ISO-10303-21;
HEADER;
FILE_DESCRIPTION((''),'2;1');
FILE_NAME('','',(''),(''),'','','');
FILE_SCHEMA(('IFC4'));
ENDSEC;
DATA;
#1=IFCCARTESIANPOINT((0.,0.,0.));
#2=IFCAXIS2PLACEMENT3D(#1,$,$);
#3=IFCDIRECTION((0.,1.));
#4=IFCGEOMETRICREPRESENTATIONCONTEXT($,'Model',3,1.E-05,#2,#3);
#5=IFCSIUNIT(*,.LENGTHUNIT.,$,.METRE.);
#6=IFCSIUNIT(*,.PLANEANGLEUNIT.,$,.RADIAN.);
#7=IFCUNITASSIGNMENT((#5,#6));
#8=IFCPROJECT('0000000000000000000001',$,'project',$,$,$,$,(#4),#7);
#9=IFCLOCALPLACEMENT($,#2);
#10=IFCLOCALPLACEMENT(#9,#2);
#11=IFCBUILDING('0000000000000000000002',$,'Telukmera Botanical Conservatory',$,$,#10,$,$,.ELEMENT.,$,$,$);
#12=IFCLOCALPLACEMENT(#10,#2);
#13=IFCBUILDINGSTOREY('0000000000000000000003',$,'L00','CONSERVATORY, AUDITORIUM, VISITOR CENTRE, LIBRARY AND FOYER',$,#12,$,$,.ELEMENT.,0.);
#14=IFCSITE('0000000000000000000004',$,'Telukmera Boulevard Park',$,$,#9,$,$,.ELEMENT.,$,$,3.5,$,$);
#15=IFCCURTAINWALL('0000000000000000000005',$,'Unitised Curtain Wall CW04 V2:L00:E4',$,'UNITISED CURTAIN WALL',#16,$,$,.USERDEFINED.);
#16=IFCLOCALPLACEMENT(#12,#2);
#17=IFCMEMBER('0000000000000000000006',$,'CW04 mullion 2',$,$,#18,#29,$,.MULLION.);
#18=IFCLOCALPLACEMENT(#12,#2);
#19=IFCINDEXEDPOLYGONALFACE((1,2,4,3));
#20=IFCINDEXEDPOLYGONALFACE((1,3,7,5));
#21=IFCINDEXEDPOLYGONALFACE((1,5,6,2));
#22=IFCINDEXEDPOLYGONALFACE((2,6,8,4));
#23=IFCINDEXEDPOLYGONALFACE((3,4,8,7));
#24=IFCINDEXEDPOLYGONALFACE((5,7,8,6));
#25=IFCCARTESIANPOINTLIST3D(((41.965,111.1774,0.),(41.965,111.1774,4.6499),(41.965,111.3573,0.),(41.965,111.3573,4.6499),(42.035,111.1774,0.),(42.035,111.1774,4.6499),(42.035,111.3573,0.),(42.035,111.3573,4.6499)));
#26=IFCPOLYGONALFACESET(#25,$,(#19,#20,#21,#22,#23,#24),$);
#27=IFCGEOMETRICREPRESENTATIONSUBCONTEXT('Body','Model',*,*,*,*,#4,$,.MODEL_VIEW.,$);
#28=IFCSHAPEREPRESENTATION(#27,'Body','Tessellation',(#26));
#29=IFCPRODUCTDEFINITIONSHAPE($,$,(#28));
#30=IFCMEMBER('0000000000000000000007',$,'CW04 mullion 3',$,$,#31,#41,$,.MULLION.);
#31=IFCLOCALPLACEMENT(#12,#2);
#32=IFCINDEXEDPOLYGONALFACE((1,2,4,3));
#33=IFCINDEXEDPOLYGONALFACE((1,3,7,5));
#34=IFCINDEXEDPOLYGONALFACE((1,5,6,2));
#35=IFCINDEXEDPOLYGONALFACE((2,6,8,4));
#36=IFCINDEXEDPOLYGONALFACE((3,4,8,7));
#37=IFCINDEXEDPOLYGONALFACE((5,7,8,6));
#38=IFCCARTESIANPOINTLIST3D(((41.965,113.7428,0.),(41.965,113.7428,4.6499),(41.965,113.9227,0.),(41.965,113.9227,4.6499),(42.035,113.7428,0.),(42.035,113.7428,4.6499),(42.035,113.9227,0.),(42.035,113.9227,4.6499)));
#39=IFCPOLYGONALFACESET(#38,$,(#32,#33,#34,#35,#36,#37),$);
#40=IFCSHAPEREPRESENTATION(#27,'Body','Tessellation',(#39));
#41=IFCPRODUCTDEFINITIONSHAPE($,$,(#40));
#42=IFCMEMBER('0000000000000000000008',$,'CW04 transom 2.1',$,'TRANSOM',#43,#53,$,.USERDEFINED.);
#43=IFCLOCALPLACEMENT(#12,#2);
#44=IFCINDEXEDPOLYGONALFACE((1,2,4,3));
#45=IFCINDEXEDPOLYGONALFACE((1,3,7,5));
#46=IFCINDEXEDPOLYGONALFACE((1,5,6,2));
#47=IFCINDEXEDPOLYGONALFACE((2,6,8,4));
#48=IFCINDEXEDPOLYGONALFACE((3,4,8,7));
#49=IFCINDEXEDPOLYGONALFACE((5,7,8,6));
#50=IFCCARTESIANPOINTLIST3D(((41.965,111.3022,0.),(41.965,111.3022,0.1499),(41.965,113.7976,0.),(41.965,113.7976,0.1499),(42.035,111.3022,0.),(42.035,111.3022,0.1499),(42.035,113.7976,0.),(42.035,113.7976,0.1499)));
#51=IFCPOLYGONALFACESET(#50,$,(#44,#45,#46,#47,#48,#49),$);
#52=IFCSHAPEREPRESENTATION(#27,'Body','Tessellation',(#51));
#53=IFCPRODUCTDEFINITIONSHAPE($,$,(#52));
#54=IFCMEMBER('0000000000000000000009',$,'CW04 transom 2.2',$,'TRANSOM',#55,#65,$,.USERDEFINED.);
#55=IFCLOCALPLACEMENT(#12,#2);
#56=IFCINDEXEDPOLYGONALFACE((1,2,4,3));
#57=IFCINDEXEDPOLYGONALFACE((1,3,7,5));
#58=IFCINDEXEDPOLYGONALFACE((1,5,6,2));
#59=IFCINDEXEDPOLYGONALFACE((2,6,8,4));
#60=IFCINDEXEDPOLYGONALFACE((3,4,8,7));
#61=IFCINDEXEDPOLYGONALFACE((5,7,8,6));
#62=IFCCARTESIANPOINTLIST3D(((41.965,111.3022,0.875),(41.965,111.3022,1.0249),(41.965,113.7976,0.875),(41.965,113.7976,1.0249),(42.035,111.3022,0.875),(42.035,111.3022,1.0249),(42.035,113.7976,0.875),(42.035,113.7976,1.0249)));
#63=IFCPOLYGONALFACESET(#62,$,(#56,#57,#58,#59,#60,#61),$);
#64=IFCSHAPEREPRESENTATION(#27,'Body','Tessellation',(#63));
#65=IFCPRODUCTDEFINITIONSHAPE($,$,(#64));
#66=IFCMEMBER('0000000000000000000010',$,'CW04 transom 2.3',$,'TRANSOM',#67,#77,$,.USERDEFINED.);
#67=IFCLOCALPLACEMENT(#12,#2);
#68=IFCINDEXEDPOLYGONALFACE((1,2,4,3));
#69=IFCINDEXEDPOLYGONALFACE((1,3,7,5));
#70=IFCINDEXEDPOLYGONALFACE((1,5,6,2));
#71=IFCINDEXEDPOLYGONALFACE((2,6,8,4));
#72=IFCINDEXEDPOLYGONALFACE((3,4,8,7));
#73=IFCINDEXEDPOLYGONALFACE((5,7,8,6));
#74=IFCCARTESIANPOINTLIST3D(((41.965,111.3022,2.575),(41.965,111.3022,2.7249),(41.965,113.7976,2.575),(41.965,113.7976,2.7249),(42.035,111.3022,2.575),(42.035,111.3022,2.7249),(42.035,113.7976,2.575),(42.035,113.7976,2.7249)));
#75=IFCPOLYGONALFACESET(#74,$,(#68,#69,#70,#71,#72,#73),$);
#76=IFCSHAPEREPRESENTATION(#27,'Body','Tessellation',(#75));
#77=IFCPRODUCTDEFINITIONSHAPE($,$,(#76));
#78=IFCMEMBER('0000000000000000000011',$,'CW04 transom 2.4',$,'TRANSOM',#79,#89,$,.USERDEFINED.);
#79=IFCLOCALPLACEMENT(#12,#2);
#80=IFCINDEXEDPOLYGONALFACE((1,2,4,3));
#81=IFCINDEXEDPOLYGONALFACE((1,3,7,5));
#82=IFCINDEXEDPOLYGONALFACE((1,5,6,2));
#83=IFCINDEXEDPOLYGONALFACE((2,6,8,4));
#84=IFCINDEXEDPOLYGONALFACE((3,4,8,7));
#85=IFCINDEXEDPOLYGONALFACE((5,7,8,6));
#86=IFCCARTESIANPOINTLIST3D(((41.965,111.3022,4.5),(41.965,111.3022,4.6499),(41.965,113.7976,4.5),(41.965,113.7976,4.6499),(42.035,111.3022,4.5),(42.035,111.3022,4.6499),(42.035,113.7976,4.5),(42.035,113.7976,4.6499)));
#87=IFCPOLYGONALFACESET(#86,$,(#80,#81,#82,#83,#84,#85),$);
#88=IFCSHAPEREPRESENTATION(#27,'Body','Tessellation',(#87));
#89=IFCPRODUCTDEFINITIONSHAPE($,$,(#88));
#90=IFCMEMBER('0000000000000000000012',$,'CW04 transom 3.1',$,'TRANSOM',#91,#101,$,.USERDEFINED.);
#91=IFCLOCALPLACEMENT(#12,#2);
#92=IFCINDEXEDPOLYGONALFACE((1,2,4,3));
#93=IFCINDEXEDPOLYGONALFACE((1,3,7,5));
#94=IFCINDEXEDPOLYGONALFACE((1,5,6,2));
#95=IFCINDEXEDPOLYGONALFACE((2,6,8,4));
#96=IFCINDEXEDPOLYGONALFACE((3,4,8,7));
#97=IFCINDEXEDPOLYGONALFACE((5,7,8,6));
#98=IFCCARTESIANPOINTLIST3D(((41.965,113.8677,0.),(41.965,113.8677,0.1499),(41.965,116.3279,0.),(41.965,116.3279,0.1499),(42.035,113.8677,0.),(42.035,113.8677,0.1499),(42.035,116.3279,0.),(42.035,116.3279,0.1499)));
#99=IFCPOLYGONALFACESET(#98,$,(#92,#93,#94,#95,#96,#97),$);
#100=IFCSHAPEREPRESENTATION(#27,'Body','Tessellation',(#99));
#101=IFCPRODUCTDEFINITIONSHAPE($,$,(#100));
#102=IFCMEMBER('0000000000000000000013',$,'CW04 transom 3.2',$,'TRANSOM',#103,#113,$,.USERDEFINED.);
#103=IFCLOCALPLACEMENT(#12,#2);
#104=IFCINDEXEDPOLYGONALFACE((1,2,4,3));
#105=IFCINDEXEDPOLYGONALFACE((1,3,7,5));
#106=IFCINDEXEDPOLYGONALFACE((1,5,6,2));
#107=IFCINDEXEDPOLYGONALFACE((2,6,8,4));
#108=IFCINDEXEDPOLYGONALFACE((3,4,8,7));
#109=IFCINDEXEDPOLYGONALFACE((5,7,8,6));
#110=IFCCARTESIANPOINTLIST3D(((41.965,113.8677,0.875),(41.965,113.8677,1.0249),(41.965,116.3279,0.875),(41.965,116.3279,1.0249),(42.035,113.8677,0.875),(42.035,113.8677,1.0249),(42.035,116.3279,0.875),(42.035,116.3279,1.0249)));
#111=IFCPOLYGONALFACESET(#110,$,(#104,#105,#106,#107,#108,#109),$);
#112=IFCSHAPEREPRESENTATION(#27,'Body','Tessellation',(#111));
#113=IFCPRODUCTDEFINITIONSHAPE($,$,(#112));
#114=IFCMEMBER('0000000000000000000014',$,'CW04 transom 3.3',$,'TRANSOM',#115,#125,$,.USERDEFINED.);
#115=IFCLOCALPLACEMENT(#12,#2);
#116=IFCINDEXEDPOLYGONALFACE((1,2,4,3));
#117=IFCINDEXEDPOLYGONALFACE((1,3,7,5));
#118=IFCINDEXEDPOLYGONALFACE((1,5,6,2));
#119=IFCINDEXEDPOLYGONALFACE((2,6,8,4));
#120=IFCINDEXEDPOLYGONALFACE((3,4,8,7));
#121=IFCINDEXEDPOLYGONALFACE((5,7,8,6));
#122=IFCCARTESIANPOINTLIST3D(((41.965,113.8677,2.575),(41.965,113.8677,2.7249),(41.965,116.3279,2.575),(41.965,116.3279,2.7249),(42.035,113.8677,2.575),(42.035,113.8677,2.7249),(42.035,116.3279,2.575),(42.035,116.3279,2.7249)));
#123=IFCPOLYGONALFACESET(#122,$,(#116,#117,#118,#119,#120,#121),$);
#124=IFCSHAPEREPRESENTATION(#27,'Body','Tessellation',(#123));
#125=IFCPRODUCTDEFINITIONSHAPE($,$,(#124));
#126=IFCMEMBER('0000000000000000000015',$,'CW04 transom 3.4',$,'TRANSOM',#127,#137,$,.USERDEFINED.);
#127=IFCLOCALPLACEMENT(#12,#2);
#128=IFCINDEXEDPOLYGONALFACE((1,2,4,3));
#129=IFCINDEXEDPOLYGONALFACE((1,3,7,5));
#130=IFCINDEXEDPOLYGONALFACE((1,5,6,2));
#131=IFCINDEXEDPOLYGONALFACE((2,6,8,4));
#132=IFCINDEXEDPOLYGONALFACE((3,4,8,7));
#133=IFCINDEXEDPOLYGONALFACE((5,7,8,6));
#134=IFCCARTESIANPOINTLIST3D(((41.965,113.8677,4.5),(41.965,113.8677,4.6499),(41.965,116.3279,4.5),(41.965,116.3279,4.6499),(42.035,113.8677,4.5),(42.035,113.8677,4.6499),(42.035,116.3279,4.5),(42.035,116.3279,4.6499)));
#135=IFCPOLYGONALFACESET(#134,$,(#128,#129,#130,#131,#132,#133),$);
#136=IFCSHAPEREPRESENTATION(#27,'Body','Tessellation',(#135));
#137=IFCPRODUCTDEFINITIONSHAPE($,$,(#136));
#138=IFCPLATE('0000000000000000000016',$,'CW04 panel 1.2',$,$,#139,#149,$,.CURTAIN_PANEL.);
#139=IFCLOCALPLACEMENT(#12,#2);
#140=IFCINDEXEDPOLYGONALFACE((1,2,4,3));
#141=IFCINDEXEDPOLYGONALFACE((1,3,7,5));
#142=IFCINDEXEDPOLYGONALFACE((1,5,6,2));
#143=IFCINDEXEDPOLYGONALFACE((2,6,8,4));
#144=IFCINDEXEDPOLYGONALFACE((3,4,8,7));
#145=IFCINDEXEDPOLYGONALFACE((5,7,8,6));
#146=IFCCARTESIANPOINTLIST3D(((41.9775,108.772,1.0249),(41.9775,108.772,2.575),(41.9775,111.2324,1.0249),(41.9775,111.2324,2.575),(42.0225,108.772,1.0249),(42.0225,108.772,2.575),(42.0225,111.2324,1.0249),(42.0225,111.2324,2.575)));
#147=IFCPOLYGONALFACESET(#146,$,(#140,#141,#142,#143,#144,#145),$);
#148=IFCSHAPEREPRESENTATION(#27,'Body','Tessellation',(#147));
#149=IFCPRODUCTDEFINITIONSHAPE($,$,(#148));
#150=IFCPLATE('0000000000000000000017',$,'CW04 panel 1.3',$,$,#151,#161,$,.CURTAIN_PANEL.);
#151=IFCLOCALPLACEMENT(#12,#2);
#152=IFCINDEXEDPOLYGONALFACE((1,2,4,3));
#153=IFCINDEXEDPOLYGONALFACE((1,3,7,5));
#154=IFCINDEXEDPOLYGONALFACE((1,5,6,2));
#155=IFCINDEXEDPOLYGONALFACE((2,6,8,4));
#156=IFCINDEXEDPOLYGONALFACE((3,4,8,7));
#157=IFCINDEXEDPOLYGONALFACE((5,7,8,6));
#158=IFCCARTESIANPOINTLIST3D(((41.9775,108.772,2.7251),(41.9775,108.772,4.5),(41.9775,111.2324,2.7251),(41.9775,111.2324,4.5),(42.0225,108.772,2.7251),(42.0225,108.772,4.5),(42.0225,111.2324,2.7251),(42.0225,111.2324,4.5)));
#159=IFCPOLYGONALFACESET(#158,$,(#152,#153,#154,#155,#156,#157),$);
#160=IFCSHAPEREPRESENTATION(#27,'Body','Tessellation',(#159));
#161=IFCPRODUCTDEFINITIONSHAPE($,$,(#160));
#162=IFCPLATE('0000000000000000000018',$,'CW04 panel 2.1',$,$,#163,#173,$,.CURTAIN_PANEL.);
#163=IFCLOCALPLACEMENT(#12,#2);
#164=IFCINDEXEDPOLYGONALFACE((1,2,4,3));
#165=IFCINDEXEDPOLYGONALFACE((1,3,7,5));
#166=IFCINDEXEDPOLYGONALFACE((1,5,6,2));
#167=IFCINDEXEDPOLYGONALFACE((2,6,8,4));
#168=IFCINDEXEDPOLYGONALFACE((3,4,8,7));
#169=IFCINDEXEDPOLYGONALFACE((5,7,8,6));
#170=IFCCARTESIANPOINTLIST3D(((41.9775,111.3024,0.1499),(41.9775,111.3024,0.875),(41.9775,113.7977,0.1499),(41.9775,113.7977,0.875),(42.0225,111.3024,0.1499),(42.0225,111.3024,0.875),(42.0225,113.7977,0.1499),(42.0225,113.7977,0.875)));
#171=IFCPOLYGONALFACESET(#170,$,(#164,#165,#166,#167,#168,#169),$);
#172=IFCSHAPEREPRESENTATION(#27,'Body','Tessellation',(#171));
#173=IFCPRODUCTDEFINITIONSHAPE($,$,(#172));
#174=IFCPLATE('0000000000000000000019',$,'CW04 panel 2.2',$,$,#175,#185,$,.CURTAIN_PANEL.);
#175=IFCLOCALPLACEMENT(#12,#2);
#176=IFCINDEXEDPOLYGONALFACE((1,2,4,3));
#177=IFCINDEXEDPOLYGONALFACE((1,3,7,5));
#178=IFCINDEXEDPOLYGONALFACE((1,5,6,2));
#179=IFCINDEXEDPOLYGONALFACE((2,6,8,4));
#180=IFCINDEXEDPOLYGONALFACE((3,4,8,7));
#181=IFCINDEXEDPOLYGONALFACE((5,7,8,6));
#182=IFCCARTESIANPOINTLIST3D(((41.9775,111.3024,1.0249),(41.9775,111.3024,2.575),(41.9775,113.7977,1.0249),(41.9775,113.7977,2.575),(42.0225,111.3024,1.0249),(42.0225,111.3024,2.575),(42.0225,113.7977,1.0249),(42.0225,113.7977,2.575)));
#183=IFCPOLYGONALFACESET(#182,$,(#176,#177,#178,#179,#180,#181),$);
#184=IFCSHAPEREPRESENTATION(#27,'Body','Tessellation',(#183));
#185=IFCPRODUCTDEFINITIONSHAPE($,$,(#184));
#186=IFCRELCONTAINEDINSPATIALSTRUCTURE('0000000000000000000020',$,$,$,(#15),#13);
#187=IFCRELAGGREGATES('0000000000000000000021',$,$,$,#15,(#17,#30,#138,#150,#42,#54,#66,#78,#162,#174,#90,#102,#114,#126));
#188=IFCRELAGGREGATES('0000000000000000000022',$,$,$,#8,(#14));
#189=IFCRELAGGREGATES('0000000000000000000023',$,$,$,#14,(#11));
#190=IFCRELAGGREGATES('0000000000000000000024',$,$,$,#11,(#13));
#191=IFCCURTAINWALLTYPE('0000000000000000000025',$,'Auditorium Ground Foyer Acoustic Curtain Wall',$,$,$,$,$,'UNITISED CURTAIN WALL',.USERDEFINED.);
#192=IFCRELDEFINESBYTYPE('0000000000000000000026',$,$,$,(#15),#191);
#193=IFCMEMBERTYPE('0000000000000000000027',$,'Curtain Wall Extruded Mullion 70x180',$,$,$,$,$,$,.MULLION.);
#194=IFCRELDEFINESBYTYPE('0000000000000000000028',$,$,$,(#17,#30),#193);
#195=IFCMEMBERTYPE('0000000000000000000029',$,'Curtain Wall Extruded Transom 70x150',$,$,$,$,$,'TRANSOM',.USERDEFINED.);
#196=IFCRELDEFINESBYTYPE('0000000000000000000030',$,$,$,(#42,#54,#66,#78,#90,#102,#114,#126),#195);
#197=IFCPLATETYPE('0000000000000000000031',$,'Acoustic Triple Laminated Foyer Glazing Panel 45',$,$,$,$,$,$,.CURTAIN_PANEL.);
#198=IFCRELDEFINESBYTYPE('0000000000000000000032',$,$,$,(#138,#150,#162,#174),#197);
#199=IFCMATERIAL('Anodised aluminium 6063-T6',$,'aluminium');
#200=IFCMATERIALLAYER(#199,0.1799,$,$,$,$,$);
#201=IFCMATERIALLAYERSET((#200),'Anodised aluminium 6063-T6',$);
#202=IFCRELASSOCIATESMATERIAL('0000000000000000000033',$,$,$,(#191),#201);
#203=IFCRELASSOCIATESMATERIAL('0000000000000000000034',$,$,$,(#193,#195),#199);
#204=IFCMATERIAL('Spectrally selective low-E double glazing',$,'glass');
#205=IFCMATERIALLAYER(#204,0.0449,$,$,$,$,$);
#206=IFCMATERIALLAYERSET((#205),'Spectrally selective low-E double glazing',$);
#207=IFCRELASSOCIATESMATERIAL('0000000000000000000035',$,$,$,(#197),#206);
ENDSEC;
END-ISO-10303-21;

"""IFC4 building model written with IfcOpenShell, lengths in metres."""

from ifc_helpers import new_model, si_unit, direction, frame, origin, origin_2d, place, context, subcontext, project, spatial, rectangle, extrude, material, layer, layer_set, material_profile, profile_set, type_object, element, aggregate, save


model = new_model("IFC4")

# Units and contexts
model_context = context("Model", 3, precision=1e-05, world=origin(), true_north=direction((0.0, 1.0)))
body_context = subcontext(model_context, "Body", "Model", "MODEL_VIEW")
ifc_project = project(units=[si_unit("LENGTHUNIT", "METRE"), si_unit("PLANEANGLEUNIT", "RADIAN")], contexts=[model_context])

# Site, building, storey
site_placement = place(None, origin())
site = spatial("IfcSite", under=ifc_project, at=site_placement, Name="Telukmera Boulevard Park", CompositionType="ELEMENT", RefElevation=3.5)
building_placement = place(site_placement, origin())
building = spatial("IfcBuilding", under=site, at=building_placement, Name="Telukmera Botanical Conservatory", CompositionType="ELEMENT")
storey_placement = place(building_placement, origin())
storey = spatial("IfcBuildingStorey", under=building, at=storey_placement, Name="L00", Description="CONSERVATORY, AUDITORIUM, VISITOR CENTRE, LIBRARY AND FOYER", CompositionType="ELEMENT", Elevation=0.0)

# Curtain wall, members, plates
ifc_material_1 = material(Name="Anodised aluminium 6063-T6", Category="aluminium")
ifc_layer_1 = layer(ifc_material_1, 0.1799)
ifc_layer_set_1 = layer_set([ifc_layer_1], Name="Anodised aluminium 6063-T6")
curtain_wall_type = type_object("IfcCurtainWallType", Name="Auditorium Ground Foyer Acoustic Curtain Wall", ElementType="UNITISED CURTAIN WALL", PredefinedType="USERDEFINED", material=ifc_layer_set_1)
curtain_wall_placement = place(storey_placement, origin())
curtain_wall = element("IfcCurtainWall", 1, at=curtain_wall_placement, inside=storey, type_object=curtain_wall_type, Name="Unitised Curtain Wall CW04 V2:L00:E4", ObjectType="UNITISED CURTAIN WALL", PredefinedType="USERDEFINED")
ifc_material_profile_1 = material_profile(ifc_material_1, rectangle(XDim=0.0701, YDim=0.1799, at=origin_2d()), Name="ALU MULL 70x180")
ifc_profile_set_1 = profile_set([ifc_material_profile_1], Name="Anodised aluminium 6063-T6")
member_type_1 = type_object("IfcMemberType", Name="Curtain Wall Extruded Mullion 70x180", PredefinedType="MULLION", material=ifc_profile_set_1)
member_1_placement = place(storey_placement, frame((42.0, 111.2673, 0.0), z_axis=(0.0, 0.0, 1.0), x_axis=(-1.0, 0.0, 0.0)))
member_1 = element("IfcMember", 2, at=member_1_placement, type_object=member_type_1, Name="CW04 mullion 2", PredefinedType="MULLION", context=body_context, shape_type="SweptSolid", body=[
    extrude(rectangle(XDim=0.0701, YDim=0.1799, at=origin_2d()), origin(), (0.0, 0.0, 1.0), 4.6499),
])
member_2_placement = place(storey_placement, frame((42.0, 113.8328, 0.0), z_axis=(0.0, 0.0, 1.0), x_axis=(-1.0, 0.0, 0.0)))
member_2 = element("IfcMember", 3, at=member_2_placement, type_object=member_type_1, Name="CW04 mullion 3", PredefinedType="MULLION", context=body_context, shape_type="SweptSolid", body=[
    extrude(rectangle(XDim=0.0701, YDim=0.1799, at=origin_2d()), origin(), (0.0, 0.0, 1.0), 4.6499),
])
ifc_material_profile_2 = material_profile(ifc_material_1, rectangle(XDim=0.0701, YDim=0.1499, at=origin_2d()), Name="ALU TRAN 70x150")
ifc_profile_set_2 = profile_set([ifc_material_profile_2], Name="Anodised aluminium 6063-T6")
member_type_2 = type_object("IfcMemberType", Name="Curtain Wall Extruded Transom 70x150", ElementType="TRANSOM", PredefinedType="USERDEFINED", material=ifc_profile_set_2)
member_3_placement = place(storey_placement, frame((42.0, 111.3022, 0.075), z_axis=(0.0, 1.0, 0.0), x_axis=(-1.0, 0.0, 0.0)))
member_3 = element("IfcMember", 4, at=member_3_placement, type_object=member_type_2, Name="CW04 transom 2.1", ObjectType="TRANSOM", PredefinedType="USERDEFINED", context=body_context, shape_type="SweptSolid", body=[
    extrude(rectangle(XDim=0.0701, YDim=0.1499, at=origin_2d()), origin(), (0.0, 0.0, 1.0), 2.4954),
])
member_4_placement = place(storey_placement, frame((42.0, 111.3022, 0.95), z_axis=(0.0, 1.0, 0.0), x_axis=(-1.0, 0.0, 0.0)))
member_4 = element("IfcMember", 5, at=member_4_placement, type_object=member_type_2, Name="CW04 transom 2.2", ObjectType="TRANSOM", PredefinedType="USERDEFINED", context=body_context, shape_type="SweptSolid", body=[
    extrude(rectangle(XDim=0.0701, YDim=0.1499, at=origin_2d()), origin(), (0.0, 0.0, 1.0), 2.4954),
])
member_5_placement = place(storey_placement, frame((42.0, 111.3022, 2.6499), z_axis=(0.0, 1.0, 0.0), x_axis=(-1.0, 0.0, 0.0)))
member_5 = element("IfcMember", 6, at=member_5_placement, type_object=member_type_2, Name="CW04 transom 2.3", ObjectType="TRANSOM", PredefinedType="USERDEFINED", context=body_context, shape_type="SweptSolid", body=[
    extrude(rectangle(XDim=0.0701, YDim=0.1499, at=origin_2d()), origin(), (0.0, 0.0, 1.0), 2.4954),
])
member_6_placement = place(storey_placement, frame((42.0, 111.3022, 4.575), z_axis=(0.0, 1.0, 0.0), x_axis=(-1.0, 0.0, 0.0)))
member_6 = element("IfcMember", 7, at=member_6_placement, type_object=member_type_2, Name="CW04 transom 2.4", ObjectType="TRANSOM", PredefinedType="USERDEFINED", context=body_context, shape_type="SweptSolid", body=[
    extrude(rectangle(XDim=0.0701, YDim=0.1499, at=origin_2d()), origin(), (0.0, 0.0, 1.0), 2.4954),
])
member_7_placement = place(storey_placement, frame((42.0, 113.8677, 0.075), z_axis=(0.0, 1.0, 0.0), x_axis=(-1.0, 0.0, 0.0)))
member_7 = element("IfcMember", 8, at=member_7_placement, type_object=member_type_2, Name="CW04 transom 3.1", ObjectType="TRANSOM", PredefinedType="USERDEFINED", context=body_context, shape_type="SweptSolid", body=[
    extrude(rectangle(XDim=0.0701, YDim=0.1499, at=origin_2d()), origin(), (0.0, 0.0, 1.0), 2.4602),
])
member_8_placement = place(storey_placement, frame((42.0, 113.8677, 0.95), z_axis=(0.0, 1.0, 0.0), x_axis=(-1.0, 0.0, 0.0)))
member_8 = element("IfcMember", 9, at=member_8_placement, type_object=member_type_2, Name="CW04 transom 3.2", ObjectType="TRANSOM", PredefinedType="USERDEFINED", context=body_context, shape_type="SweptSolid", body=[
    extrude(rectangle(XDim=0.0701, YDim=0.1499, at=origin_2d()), origin(), (0.0, 0.0, 1.0), 2.4602),
])
member_9_placement = place(storey_placement, frame((42.0, 113.8677, 2.6499), z_axis=(0.0, 1.0, 0.0), x_axis=(-1.0, 0.0, 0.0)))
member_9 = element("IfcMember", 10, at=member_9_placement, type_object=member_type_2, Name="CW04 transom 3.3", ObjectType="TRANSOM", PredefinedType="USERDEFINED", context=body_context, shape_type="SweptSolid", body=[
    extrude(rectangle(XDim=0.0701, YDim=0.1499, at=origin_2d()), origin(), (0.0, 0.0, 1.0), 2.4602),
])
member_10_placement = place(storey_placement, frame((42.0, 113.8677, 4.575), z_axis=(0.0, 1.0, 0.0), x_axis=(-1.0, 0.0, 0.0)))
member_10 = element("IfcMember", 11, at=member_10_placement, type_object=member_type_2, Name="CW04 transom 3.4", ObjectType="TRANSOM", PredefinedType="USERDEFINED", context=body_context, shape_type="SweptSolid", body=[
    extrude(rectangle(XDim=0.0701, YDim=0.1499, at=origin_2d()), origin(), (0.0, 0.0, 1.0), 2.4602),
])
ifc_material_2 = material(Name="Spectrally selective low-E double glazing", Category="glass")
ifc_layer_2 = layer(ifc_material_2, 0.0449)
ifc_layer_set_2 = layer_set([ifc_layer_2], Name="Spectrally selective low-E double glazing")
plate_type = type_object("IfcPlateType", Name="Acoustic Triple Laminated Foyer Glazing Panel 45", PredefinedType="CURTAIN_PANEL", material=ifc_layer_set_2)
plate_1_placement = place(storey_placement, frame((42.0, 110.0022, 1.0249), z_axis=(0.0, 0.0, 1.0), x_axis=(0.0, 1.0, 0.0)))
plate_1 = element("IfcPlate", 12, at=plate_1_placement, type_object=plate_type, Name="CW04 panel 1.2", PredefinedType="CURTAIN_PANEL", context=body_context, shape_type="SweptSolid", body=[
    extrude(rectangle(XDim=2.4604, YDim=0.0449, at=origin_2d()), origin(), (0.0, 0.0, 1.0), 1.55),
])
plate_2_placement = place(storey_placement, frame((42.0, 110.0022, 2.7251), z_axis=(0.0, 0.0, 1.0), x_axis=(0.0, 1.0, 0.0)))
plate_2 = element("IfcPlate", 13, at=plate_2_placement, type_object=plate_type, Name="CW04 panel 1.3", PredefinedType="CURTAIN_PANEL", context=body_context, shape_type="SweptSolid", body=[
    extrude(rectangle(XDim=2.4604, YDim=0.0449, at=origin_2d()), origin(), (0.0, 0.0, 1.0), 1.7749),
])
plate_3_placement = place(storey_placement, frame((42.0, 112.55, 0.1499), z_axis=(0.0, 0.0, 1.0), x_axis=(0.0, 1.0, 0.0)))
plate_3 = element("IfcPlate", 14, at=plate_3_placement, type_object=plate_type, Name="CW04 panel 2.1", PredefinedType="CURTAIN_PANEL", context=body_context, shape_type="SweptSolid", body=[
    extrude(rectangle(XDim=2.4954, YDim=0.0449, at=origin_2d()), origin(), (0.0, 0.0, 1.0), 0.7251),
])
plate_4_placement = place(storey_placement, frame((42.0, 112.55, 1.0249), z_axis=(0.0, 0.0, 1.0), x_axis=(0.0, 1.0, 0.0)))
plate_4 = element("IfcPlate", 15, at=plate_4_placement, type_object=plate_type, Name="CW04 panel 2.2", PredefinedType="CURTAIN_PANEL", context=body_context, shape_type="SweptSolid", body=[
    extrude(rectangle(XDim=2.4954, YDim=0.0449, at=origin_2d()), origin(), (0.0, 0.0, 1.0), 1.55),
])
aggregate(curtain_wall, [member_1, member_2, plate_1, plate_2, member_3, member_4, member_5, member_6, plate_3, plate_4, member_7, member_8, member_9, member_10])

save(model, "model.ifc")
